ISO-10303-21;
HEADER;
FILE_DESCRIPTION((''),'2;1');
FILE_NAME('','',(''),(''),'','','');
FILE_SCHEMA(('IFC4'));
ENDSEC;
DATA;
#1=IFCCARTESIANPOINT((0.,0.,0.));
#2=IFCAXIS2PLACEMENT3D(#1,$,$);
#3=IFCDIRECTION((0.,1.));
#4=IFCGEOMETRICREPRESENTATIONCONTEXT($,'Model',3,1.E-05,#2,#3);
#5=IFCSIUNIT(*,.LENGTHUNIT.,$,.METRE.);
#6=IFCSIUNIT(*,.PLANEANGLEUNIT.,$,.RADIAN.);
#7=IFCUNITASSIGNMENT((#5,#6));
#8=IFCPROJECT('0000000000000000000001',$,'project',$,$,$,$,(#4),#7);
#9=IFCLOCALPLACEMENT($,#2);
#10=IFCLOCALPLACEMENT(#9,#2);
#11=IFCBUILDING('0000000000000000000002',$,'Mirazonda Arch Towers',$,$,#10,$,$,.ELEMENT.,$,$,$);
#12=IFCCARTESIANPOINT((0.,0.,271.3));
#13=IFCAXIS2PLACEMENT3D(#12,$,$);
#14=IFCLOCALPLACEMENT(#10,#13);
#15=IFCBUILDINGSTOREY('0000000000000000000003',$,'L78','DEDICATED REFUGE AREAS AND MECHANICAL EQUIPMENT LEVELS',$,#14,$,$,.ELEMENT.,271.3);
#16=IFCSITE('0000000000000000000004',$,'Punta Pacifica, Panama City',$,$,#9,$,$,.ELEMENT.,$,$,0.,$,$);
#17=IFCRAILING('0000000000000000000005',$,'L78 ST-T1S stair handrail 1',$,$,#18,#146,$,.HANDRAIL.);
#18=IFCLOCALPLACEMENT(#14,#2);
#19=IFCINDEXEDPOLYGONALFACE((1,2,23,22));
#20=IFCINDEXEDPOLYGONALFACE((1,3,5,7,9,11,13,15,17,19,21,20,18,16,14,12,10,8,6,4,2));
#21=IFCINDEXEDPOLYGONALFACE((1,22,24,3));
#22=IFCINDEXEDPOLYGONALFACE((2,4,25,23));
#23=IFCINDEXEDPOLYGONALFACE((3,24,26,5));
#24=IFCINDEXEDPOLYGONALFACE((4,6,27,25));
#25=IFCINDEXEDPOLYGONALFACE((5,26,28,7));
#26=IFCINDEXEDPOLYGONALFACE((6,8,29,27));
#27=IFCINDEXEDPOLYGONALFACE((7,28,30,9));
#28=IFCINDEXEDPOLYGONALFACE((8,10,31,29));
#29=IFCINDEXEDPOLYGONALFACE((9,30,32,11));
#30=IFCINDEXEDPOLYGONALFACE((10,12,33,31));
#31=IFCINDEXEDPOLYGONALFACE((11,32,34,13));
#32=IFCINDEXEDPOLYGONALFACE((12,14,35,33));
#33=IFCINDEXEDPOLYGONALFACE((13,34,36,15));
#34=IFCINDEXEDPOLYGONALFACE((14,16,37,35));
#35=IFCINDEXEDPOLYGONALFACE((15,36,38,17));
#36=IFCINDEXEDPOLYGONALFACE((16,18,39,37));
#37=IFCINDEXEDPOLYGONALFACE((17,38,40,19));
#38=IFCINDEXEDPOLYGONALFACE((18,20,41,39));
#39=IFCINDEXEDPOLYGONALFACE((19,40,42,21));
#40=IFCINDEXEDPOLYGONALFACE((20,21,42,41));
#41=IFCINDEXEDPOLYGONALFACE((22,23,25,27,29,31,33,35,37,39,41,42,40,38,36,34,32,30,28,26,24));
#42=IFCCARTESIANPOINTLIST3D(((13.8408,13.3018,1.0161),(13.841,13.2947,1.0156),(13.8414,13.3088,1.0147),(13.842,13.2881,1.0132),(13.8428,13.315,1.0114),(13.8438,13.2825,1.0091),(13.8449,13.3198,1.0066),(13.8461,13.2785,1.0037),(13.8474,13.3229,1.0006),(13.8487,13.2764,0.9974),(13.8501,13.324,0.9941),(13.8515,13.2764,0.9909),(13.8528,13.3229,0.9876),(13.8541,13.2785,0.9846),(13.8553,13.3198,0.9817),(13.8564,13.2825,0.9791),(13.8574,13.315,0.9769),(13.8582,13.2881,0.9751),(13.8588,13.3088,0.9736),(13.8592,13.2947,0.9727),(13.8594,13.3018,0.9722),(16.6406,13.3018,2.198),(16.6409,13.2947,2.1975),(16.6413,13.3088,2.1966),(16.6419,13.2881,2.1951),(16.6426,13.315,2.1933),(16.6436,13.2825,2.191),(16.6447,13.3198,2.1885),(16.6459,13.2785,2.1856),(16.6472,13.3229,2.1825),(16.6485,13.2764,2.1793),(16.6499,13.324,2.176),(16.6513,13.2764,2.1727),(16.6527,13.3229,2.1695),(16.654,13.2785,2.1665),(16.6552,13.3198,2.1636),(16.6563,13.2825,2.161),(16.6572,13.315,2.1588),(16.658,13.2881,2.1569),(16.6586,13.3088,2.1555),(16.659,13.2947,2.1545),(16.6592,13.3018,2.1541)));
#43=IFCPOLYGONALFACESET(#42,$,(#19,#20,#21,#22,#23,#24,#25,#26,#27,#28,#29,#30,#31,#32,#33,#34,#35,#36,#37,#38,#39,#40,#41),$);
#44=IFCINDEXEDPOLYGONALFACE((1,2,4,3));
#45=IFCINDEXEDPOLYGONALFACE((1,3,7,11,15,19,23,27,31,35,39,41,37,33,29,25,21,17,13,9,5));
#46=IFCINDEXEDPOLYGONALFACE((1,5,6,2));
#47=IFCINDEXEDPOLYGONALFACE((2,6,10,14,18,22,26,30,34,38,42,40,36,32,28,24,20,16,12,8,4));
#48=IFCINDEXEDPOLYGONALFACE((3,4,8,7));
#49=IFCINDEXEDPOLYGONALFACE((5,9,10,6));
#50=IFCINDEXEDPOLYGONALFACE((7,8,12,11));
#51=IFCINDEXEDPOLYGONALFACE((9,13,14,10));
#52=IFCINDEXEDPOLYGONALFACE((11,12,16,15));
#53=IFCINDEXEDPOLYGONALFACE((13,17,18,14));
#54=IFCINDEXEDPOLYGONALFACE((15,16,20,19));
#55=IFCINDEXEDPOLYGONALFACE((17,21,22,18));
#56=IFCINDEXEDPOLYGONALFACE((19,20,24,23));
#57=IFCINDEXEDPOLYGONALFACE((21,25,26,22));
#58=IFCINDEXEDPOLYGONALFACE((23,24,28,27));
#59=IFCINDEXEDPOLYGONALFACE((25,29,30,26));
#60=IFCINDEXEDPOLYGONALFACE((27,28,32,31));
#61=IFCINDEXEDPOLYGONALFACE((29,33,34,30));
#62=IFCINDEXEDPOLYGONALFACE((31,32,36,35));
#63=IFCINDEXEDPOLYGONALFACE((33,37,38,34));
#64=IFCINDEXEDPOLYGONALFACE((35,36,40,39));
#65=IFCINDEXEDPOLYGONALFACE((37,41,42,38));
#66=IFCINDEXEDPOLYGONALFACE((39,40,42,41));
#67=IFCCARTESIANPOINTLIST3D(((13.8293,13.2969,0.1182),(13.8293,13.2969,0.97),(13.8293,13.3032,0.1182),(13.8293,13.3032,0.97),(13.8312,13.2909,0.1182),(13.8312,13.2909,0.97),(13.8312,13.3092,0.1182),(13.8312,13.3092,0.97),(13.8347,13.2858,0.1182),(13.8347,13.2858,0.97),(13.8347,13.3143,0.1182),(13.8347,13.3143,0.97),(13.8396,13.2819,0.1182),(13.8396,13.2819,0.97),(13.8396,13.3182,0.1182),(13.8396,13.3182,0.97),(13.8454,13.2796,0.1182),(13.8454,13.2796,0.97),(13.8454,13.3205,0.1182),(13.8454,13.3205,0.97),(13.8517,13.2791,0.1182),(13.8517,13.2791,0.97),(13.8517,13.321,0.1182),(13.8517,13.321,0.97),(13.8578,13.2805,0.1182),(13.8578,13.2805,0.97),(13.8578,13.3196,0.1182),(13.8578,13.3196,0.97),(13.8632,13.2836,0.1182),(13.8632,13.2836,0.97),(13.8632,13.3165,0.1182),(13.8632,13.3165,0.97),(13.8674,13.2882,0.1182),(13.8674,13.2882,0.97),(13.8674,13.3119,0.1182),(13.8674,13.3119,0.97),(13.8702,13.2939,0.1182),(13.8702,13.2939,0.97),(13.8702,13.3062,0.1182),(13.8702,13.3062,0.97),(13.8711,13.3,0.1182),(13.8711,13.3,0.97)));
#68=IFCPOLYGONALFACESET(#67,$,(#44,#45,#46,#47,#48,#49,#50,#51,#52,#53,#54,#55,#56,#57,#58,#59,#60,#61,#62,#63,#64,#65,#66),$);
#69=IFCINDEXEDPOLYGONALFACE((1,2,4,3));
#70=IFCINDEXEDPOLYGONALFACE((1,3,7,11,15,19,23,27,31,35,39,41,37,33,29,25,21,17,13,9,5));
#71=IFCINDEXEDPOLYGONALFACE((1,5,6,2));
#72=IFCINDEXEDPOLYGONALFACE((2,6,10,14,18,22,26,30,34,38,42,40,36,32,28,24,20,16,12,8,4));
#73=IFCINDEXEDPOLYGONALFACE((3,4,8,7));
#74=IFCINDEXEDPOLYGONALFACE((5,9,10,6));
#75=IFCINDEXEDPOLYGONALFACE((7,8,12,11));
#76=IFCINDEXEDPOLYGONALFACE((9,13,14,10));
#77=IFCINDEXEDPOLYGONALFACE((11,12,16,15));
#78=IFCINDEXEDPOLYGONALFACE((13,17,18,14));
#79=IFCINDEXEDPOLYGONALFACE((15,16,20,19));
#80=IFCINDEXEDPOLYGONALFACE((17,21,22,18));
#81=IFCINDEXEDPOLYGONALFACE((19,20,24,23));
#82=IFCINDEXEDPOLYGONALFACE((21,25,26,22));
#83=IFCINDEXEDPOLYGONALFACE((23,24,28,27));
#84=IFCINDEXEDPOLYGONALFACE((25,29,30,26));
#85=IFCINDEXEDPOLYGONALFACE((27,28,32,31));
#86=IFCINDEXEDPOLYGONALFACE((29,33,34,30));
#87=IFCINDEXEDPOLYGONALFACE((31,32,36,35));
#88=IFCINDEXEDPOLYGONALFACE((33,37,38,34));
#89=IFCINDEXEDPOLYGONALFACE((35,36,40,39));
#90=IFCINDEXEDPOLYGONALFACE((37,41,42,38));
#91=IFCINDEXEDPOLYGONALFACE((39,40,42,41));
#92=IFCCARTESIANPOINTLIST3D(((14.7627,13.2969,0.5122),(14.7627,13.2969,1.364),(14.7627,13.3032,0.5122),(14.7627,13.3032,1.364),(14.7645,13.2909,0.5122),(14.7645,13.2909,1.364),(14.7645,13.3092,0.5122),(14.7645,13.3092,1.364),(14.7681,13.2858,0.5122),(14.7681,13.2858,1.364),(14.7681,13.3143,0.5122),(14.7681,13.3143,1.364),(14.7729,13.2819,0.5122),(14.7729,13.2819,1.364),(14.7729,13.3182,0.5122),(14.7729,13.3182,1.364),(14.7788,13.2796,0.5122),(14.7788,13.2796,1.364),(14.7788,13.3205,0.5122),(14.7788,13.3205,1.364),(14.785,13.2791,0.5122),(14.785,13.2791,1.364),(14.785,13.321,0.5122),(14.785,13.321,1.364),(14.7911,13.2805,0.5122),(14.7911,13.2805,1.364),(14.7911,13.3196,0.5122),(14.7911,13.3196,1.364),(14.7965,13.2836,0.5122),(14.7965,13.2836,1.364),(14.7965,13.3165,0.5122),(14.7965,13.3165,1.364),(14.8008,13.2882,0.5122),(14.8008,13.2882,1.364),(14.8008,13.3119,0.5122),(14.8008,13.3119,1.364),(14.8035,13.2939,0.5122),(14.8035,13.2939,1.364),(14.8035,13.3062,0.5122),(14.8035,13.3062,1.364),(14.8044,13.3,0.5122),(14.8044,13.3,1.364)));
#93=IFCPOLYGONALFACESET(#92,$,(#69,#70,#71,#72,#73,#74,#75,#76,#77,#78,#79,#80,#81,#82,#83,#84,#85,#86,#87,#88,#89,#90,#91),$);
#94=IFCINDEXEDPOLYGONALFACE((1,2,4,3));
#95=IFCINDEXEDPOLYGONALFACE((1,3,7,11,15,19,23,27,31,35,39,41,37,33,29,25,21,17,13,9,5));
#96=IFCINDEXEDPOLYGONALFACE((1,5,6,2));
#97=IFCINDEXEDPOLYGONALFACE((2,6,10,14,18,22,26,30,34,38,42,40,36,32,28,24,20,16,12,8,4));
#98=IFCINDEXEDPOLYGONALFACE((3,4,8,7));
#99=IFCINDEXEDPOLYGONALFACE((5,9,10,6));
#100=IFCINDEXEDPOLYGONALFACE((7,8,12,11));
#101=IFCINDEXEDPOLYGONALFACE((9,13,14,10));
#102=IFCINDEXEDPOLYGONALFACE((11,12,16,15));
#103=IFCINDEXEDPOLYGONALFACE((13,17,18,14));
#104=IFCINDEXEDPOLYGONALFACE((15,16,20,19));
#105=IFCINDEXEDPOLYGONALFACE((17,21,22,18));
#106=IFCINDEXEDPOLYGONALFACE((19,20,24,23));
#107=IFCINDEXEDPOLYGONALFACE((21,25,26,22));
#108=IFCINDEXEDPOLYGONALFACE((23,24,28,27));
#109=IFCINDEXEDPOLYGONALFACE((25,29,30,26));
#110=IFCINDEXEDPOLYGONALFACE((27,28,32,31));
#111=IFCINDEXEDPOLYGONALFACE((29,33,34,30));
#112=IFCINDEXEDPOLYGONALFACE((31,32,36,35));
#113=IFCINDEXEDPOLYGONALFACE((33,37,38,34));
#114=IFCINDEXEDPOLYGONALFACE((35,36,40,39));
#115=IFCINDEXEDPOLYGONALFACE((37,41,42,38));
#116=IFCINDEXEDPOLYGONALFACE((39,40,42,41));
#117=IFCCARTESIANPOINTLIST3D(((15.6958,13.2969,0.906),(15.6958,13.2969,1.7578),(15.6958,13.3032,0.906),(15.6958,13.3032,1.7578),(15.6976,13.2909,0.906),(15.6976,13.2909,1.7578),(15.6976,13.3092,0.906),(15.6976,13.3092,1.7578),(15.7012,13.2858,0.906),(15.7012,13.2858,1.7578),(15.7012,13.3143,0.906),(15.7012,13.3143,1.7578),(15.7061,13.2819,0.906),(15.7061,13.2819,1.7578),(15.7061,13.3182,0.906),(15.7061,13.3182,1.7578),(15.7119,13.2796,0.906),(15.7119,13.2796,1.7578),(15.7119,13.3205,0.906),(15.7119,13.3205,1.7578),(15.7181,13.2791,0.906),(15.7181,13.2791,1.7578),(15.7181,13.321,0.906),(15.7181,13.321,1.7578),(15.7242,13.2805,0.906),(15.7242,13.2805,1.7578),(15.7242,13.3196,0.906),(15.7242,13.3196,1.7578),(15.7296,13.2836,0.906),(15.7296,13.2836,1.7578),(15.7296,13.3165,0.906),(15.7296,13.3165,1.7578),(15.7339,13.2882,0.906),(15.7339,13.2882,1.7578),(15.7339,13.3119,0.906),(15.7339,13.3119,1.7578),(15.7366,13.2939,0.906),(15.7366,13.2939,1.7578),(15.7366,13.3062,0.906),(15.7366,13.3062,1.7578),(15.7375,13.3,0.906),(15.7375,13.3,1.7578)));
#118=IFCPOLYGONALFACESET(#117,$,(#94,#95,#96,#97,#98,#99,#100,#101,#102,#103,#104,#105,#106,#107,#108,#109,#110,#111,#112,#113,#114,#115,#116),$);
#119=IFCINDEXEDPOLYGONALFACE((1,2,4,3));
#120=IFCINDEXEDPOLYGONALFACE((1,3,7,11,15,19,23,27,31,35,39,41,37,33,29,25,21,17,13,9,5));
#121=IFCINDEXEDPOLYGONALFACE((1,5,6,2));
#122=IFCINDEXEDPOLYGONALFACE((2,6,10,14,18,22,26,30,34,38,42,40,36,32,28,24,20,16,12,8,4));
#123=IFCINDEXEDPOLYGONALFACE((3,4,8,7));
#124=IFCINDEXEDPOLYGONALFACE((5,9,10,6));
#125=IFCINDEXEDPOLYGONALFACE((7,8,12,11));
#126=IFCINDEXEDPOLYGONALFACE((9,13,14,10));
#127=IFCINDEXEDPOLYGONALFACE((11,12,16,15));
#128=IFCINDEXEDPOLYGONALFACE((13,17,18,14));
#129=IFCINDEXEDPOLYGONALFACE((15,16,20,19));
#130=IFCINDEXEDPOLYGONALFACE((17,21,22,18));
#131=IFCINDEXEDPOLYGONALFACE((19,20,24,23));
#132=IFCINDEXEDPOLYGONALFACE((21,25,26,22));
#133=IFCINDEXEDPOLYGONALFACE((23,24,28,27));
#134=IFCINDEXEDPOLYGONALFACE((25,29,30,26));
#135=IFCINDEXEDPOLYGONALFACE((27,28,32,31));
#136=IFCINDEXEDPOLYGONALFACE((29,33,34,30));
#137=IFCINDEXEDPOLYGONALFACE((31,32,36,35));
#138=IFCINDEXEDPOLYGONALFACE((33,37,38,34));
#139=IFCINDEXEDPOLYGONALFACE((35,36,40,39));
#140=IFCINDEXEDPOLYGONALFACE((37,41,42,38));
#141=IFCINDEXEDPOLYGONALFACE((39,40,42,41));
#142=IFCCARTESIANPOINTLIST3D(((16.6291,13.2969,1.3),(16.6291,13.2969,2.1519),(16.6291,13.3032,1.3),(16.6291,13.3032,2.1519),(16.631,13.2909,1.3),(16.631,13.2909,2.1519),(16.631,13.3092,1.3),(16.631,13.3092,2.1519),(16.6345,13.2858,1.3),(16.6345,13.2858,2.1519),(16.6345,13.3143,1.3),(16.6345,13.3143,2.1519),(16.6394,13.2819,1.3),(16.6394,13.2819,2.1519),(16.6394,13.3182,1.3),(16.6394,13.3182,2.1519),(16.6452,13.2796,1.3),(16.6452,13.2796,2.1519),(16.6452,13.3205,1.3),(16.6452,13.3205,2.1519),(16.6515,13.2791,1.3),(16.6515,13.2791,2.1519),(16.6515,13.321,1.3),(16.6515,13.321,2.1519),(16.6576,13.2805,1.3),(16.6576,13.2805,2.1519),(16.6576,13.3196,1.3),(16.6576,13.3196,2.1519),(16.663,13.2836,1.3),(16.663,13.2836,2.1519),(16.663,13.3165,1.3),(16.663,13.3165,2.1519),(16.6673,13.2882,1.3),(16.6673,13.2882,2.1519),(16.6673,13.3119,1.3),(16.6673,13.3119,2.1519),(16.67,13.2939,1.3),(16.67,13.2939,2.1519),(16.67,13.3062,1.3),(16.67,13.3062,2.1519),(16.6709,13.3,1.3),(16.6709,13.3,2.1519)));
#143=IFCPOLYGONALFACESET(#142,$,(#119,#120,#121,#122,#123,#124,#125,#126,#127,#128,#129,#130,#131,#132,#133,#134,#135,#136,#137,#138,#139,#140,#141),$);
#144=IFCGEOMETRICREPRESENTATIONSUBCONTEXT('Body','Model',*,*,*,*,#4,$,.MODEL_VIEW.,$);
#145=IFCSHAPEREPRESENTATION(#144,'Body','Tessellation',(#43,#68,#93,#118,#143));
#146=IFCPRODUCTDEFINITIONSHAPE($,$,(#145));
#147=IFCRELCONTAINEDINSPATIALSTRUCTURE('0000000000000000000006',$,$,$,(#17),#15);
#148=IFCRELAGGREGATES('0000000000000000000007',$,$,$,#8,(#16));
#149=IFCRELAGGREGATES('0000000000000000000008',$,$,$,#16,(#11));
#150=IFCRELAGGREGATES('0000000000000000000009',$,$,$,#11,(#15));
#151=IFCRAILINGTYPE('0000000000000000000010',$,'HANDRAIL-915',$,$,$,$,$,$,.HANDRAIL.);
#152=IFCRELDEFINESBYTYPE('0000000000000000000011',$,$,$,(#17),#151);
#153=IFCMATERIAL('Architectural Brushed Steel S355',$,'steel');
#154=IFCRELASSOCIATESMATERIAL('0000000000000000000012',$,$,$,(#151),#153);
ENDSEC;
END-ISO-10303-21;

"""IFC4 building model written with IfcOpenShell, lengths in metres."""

from ifc_helpers import new_model, si_unit, direction, frame, origin, origin_2d, place, context, subcontext, project, spatial, circle, extrude, material, type_object, element, save


model = new_model("IFC4")

# Units and contexts
model_context = context("Model", 3, precision=1e-05, world=origin(), true_north=direction((0.0, 1.0)))
body_context = subcontext(model_context, "Body", "Model", "MODEL_VIEW")
ifc_project = project(units=[si_unit("LENGTHUNIT", "METRE"), si_unit("PLANEANGLEUNIT", "RADIAN")], contexts=[model_context])

# Site, building, storey
site_placement = place(None, origin())
site = spatial("IfcSite", under=ifc_project, at=site_placement, Name="Punta Pacifica, Panama City", CompositionType="ELEMENT", RefElevation=0.0)
building_placement = place(site_placement, origin())
building = spatial("IfcBuilding", under=site, at=building_placement, Name="Mirazonda Arch Towers", CompositionType="ELEMENT")
storey_placement = place(building_placement, frame((0.0, 0.0, 271.3)))
storey = spatial("IfcBuildingStorey", under=building, at=storey_placement, Name="L78", Description="DEDICATED REFUGE AREAS AND MECHANICAL EQUIPMENT LEVELS", CompositionType="ELEMENT", Elevation=271.3)

# Shared definitions
ifc_material_1 = material(Name="Architectural Brushed Steel S355", Category="steel")

# Railing
railing_type_1 = type_object("IfcRailingType", Name="HANDRAIL-915", PredefinedType="HANDRAIL", material=ifc_material_1)
railing_1_placement = place(storey_placement, frame((13.8501, 13.3, 0.1182)))
element("IfcRailing", 1, at=railing_1_placement, inside=storey, type_object=railing_type_1, Name="L78 ST-T1S stair handrail 1", PredefinedType="HANDRAIL", context=body_context, shape_type="SweptSolid", body=[
    extrude(circle(Radius=0.0239, at=origin_2d()), frame((0.0, 0.0, 0.876), z_axis=(0.92128, 0.0, 0.388901), x_axis=(0.0, 1.0, 0.0)), (0.0, 0.0, 1.0), 3.0391),
    extrude(circle(Radius=0.021, at=origin_2d()), origin(), (0.0, 0.0, 1.0), 0.8518),
    extrude(circle(Radius=0.021, at=origin_2d()), frame((0.9333, 0.0, 0.394)), (0.0, 0.0, 1.0), 0.8518),
    extrude(circle(Radius=0.021, at=origin_2d()), frame((1.8665, 0.0, 0.7878)), (0.0, 0.0, 1.0), 0.8518),
    extrude(circle(Radius=0.021, at=origin_2d()), frame((2.7998, 0.0, 1.1819)), (0.0, 0.0, 1.0), 0.8518),
])

save(model, "model.ifc")
